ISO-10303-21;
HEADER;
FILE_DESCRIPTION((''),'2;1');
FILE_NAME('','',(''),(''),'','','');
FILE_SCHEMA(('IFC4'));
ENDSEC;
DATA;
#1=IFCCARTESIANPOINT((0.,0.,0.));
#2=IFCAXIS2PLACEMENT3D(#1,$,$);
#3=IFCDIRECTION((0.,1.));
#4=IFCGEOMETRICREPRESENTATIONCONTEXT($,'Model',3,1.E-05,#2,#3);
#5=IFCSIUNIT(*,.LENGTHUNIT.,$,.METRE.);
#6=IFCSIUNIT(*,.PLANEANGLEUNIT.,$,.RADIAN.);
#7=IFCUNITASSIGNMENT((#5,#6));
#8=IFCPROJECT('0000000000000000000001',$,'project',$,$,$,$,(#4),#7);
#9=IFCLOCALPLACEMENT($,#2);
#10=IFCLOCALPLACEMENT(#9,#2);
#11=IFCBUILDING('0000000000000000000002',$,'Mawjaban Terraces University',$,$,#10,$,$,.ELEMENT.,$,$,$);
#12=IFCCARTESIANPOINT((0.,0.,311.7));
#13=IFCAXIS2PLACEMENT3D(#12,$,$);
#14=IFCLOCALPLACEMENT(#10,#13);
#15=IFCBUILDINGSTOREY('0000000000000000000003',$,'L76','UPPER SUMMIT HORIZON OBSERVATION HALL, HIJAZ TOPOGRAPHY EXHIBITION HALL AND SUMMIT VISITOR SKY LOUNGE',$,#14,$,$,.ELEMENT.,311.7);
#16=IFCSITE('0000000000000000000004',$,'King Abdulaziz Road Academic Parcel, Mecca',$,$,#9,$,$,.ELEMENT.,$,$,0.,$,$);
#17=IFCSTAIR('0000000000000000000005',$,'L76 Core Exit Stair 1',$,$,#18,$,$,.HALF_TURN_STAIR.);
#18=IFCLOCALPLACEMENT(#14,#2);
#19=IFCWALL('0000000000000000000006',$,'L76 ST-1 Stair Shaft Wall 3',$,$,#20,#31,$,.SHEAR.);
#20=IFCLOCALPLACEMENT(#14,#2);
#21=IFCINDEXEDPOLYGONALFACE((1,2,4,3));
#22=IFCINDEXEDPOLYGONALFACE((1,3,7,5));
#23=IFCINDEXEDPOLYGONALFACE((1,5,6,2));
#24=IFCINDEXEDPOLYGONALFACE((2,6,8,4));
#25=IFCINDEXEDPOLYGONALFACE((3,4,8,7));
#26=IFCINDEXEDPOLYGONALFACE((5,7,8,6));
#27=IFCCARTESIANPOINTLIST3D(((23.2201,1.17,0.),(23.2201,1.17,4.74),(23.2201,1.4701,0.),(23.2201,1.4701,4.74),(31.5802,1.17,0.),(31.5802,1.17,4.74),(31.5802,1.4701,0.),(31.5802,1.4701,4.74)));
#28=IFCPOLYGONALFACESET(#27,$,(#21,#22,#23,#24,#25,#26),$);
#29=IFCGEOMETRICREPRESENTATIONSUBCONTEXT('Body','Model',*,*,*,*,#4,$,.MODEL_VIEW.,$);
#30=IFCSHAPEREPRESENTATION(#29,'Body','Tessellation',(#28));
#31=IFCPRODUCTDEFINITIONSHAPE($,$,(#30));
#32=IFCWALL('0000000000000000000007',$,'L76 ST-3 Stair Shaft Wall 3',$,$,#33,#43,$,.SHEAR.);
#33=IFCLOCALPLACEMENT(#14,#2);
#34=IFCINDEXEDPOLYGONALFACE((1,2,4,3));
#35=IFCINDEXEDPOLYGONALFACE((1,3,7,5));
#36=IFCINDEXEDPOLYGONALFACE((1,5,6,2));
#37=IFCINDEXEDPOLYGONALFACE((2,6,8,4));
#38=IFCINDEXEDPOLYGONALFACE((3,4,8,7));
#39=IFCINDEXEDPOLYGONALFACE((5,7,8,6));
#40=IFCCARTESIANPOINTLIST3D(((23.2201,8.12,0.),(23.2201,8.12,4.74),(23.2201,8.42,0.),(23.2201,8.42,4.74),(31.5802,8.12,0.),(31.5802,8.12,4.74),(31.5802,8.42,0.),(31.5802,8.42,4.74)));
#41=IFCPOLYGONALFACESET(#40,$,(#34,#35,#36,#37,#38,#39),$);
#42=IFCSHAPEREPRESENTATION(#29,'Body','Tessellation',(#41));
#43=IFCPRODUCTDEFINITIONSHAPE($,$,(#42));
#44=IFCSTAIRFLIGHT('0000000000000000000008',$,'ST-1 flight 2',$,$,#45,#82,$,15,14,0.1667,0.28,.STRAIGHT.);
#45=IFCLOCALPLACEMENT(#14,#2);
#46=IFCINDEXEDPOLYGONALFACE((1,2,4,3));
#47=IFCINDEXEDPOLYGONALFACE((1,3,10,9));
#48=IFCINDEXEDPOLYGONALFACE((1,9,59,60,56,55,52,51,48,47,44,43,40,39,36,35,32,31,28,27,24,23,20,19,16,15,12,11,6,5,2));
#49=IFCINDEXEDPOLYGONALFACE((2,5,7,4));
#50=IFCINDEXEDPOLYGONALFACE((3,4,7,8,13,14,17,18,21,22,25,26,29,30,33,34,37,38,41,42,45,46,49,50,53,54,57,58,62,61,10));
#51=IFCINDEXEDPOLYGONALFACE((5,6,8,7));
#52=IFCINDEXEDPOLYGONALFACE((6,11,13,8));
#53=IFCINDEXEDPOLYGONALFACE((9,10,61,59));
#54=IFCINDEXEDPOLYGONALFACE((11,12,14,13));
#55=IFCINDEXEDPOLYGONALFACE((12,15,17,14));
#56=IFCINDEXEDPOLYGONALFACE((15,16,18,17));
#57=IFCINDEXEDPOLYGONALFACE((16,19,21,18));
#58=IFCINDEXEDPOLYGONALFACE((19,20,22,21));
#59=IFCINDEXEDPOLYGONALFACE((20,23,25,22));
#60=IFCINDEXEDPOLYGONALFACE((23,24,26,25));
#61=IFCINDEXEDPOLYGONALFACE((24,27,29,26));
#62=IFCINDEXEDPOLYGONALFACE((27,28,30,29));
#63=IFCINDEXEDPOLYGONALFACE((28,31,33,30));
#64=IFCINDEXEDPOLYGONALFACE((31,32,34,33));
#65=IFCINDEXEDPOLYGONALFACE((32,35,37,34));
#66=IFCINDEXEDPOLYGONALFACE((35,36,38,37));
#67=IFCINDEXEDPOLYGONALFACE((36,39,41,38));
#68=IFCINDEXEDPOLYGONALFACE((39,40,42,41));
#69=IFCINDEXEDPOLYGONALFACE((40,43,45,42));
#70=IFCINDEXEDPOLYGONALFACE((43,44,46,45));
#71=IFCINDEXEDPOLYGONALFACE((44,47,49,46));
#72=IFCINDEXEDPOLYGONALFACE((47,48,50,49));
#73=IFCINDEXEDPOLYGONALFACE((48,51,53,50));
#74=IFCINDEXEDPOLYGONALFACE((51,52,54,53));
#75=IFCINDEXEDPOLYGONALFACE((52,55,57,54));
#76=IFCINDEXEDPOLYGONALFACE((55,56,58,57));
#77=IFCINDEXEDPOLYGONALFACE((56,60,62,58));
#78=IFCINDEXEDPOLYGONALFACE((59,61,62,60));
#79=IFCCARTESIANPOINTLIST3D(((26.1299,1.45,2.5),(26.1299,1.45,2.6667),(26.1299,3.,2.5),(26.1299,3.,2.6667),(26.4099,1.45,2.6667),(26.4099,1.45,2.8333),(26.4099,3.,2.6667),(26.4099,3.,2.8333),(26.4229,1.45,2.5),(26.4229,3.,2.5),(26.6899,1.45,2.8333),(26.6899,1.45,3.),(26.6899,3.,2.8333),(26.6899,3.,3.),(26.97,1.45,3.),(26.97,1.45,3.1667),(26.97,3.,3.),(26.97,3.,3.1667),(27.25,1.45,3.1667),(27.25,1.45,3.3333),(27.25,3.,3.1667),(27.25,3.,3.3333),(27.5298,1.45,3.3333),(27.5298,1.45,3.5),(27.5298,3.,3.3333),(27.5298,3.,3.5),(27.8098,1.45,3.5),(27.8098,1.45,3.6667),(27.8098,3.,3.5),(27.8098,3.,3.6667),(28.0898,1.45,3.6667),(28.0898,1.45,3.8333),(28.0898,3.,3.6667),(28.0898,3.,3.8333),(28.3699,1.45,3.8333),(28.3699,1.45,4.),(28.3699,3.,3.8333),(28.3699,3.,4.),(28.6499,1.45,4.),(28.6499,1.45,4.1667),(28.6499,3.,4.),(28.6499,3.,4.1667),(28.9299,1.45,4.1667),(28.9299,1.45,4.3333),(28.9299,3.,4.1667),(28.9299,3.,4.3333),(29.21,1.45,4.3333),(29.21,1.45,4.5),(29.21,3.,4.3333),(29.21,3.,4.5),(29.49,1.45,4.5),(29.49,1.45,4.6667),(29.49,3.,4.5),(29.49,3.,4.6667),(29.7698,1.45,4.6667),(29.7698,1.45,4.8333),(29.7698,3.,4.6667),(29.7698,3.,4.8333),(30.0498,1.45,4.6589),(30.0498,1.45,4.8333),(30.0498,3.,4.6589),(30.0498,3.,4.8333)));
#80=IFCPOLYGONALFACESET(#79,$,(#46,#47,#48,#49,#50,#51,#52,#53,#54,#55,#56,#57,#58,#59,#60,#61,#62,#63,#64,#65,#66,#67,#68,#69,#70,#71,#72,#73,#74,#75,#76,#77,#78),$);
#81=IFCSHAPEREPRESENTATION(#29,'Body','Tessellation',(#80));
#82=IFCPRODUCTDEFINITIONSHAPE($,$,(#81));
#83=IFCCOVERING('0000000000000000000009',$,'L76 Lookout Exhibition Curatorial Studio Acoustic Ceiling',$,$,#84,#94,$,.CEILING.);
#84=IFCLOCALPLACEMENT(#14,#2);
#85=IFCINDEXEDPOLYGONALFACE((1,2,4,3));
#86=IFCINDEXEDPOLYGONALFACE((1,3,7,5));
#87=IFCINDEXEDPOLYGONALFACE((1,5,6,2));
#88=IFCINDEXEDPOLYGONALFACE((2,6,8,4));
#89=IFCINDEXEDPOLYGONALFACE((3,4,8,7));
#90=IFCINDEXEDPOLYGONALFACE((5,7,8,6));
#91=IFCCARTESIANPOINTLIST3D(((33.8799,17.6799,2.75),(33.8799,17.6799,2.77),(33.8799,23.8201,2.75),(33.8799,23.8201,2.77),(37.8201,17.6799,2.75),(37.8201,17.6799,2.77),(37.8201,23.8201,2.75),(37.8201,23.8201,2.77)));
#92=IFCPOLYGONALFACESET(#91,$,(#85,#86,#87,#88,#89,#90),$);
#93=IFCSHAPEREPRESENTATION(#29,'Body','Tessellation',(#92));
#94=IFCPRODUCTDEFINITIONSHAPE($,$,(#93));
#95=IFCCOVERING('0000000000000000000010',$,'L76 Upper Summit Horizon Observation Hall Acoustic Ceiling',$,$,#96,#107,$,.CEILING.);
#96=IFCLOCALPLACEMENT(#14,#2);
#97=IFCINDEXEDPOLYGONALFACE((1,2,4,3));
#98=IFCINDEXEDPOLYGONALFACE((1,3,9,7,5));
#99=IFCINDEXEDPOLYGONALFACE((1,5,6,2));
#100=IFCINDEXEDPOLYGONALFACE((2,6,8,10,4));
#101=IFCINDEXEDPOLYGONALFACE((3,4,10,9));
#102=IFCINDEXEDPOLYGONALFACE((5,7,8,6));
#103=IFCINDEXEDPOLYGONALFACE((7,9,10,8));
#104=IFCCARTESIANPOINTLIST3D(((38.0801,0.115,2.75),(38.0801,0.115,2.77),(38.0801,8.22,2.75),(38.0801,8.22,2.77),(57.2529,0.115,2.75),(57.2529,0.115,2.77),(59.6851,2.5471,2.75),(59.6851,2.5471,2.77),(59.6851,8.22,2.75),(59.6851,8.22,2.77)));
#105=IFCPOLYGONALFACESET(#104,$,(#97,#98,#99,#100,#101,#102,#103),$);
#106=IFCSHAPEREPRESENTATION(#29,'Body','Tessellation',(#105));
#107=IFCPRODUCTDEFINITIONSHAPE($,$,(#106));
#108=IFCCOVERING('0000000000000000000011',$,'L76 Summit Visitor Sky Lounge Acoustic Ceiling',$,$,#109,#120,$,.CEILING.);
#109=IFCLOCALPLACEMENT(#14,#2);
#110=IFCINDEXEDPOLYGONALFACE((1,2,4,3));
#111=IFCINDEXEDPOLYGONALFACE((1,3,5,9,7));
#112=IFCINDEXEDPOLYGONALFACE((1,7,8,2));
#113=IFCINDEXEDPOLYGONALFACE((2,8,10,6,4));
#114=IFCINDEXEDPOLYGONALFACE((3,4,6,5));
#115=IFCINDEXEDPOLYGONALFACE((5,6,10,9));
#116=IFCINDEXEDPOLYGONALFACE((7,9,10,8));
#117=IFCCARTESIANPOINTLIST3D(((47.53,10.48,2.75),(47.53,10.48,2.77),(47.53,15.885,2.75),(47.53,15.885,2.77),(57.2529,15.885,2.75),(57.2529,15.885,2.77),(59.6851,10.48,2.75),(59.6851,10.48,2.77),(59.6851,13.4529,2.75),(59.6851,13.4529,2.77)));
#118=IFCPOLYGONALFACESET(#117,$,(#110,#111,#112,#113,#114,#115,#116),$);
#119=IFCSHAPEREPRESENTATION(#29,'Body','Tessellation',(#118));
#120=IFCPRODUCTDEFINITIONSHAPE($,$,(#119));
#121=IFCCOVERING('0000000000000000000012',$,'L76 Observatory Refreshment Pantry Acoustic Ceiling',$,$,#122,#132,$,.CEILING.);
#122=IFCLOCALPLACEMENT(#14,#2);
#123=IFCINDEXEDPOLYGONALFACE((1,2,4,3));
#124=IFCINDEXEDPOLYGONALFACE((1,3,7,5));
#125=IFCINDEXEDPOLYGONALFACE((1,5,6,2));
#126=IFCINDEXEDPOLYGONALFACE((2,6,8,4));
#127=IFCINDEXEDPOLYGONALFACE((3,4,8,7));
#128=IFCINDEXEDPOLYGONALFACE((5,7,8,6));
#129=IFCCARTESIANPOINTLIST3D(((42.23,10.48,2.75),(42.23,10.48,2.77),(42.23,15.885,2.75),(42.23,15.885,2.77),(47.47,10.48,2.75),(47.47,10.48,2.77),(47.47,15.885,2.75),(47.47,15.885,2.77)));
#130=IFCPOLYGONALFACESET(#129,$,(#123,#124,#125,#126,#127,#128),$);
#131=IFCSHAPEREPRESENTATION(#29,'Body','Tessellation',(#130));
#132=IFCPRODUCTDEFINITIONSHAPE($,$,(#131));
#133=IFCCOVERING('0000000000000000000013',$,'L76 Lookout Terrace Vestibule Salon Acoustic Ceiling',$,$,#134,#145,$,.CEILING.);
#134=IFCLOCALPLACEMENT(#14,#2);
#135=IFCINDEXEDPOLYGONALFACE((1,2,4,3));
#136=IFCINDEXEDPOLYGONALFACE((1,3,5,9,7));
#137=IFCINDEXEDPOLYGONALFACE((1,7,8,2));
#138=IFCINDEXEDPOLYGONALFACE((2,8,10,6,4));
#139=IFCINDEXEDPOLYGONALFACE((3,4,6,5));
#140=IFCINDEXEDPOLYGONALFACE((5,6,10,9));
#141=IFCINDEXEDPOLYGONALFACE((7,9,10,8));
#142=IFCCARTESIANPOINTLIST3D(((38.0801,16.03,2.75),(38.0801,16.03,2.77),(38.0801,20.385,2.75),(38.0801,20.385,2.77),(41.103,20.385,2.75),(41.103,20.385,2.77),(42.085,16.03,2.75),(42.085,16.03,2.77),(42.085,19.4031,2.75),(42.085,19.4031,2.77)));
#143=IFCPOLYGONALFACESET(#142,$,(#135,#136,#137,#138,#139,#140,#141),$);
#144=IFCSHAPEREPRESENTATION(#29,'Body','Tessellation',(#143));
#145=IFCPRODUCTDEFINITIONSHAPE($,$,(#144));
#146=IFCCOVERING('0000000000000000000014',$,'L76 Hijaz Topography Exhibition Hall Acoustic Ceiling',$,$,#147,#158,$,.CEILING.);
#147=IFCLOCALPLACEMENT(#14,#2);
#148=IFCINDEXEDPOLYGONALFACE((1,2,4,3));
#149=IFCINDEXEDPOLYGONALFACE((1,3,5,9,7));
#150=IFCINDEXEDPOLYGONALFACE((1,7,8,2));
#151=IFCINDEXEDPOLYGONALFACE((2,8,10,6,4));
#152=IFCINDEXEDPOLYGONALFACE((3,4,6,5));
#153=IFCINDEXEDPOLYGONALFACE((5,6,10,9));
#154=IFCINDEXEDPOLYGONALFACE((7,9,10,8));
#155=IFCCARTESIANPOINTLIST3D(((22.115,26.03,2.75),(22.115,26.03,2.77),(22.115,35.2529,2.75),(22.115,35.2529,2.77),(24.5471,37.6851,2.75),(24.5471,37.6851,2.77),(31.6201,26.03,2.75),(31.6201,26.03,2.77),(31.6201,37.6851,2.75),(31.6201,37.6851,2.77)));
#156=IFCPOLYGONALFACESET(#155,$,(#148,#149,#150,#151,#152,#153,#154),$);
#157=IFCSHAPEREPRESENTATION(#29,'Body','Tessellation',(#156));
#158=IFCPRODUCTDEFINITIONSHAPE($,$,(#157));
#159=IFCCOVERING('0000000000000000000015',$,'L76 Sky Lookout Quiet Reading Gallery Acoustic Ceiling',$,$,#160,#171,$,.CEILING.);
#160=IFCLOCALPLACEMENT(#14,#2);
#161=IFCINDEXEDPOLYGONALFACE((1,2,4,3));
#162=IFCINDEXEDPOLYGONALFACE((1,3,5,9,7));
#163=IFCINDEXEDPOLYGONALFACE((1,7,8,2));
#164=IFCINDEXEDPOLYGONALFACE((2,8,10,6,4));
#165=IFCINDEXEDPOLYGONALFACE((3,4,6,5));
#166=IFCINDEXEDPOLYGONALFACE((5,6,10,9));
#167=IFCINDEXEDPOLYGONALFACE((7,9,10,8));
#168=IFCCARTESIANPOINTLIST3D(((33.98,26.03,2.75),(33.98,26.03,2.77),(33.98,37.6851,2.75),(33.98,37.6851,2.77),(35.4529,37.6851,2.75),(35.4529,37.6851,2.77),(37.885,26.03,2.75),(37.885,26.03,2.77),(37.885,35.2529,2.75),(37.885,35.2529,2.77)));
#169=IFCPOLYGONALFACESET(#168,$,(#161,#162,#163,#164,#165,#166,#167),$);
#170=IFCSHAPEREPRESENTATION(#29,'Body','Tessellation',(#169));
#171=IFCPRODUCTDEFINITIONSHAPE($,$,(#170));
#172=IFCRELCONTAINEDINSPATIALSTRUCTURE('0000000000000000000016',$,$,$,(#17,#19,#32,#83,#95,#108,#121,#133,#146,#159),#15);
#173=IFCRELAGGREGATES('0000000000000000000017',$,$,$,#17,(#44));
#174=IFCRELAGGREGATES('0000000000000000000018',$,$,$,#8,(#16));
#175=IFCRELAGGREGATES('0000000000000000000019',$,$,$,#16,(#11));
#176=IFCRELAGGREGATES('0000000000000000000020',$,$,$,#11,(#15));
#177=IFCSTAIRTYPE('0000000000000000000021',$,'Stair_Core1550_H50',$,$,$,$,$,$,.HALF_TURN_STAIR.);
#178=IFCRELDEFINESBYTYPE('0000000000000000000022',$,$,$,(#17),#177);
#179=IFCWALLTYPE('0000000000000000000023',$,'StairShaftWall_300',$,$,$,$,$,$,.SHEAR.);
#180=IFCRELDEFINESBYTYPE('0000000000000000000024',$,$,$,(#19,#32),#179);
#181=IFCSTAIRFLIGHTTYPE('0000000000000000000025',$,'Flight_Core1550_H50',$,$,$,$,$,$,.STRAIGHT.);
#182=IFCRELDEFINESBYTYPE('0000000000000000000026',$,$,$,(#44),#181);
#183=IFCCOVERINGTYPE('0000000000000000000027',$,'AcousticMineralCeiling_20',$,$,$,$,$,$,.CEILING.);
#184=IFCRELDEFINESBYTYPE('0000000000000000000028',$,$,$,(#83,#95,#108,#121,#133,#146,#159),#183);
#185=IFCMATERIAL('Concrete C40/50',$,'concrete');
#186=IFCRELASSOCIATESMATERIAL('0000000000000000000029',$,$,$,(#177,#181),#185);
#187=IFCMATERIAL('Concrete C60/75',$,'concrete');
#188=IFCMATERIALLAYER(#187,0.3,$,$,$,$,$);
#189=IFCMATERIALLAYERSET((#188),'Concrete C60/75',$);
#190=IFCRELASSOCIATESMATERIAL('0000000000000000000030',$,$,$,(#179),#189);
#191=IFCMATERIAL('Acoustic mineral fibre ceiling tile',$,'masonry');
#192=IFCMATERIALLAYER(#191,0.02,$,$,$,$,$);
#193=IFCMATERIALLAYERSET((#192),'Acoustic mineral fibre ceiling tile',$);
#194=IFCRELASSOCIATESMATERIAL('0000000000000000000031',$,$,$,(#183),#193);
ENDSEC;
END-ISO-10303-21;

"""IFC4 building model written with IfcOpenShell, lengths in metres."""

from ifc_helpers import new_model, si_unit, direction, frame, frame_2d, origin, place, context, subcontext, project, spatial, polyline, rectangle, outline, extrude, material, layer, layer_set, type_object, element, aggregate, save


model = new_model("IFC4")

# Units and contexts
model_context = context("Model", 3, precision=1e-05, world=origin(), true_north=direction((0.0, 1.0)))
body_context = subcontext(model_context, "Body", "Model", "MODEL_VIEW")
ifc_project = project(units=[si_unit("LENGTHUNIT", "METRE"), si_unit("PLANEANGLEUNIT", "RADIAN")], contexts=[model_context])

# Site, building, storey
site_placement = place(None, origin())
site = spatial("IfcSite", under=ifc_project, at=site_placement, Name="King Abdulaziz Road Academic Parcel, Mecca", CompositionType="ELEMENT", RefElevation=0.0)
building_placement = place(site_placement, origin())
building = spatial("IfcBuilding", under=site, at=building_placement, Name="Mawjaban Terraces University", CompositionType="ELEMENT")
storey_placement = place(building_placement, frame((0.0, 0.0, 311.7)))
storey = spatial("IfcBuildingStorey", under=building, at=storey_placement, Name="L76", Description="UPPER SUMMIT HORIZON OBSERVATION HALL, HIJAZ TOPOGRAPHY EXHIBITION HALL AND SUMMIT VISITOR SKY LOUNGE", CompositionType="ELEMENT", Elevation=311.7)

# Shared definitions
ifc_material_1 = material(Name="Concrete C40/50", Category="concrete")

# Stair
stair_type = type_object("IfcStairType", Name="Stair_Core1550_H50", PredefinedType="HALF_TURN_STAIR", material=ifc_material_1)
stair_1_placement = place(storey_placement, origin())
stair_1 = element("IfcStair", 1, at=stair_1_placement, inside=storey, type_object=stair_type, Name="L76 Core Exit Stair 1", PredefinedType="HALF_TURN_STAIR")

# Walls
ifc_material_2 = material(Name="Concrete C60/75", Category="concrete")
ifc_layer_1 = layer(ifc_material_2, 0.3)
ifc_layer_set_1 = layer_set([ifc_layer_1], Name="Concrete C60/75")
wall_type_1 = type_object("IfcWallType", Name="StairShaftWall_300", PredefinedType="SHEAR", material=ifc_layer_set_1)
for number, where, z_axis, x_axis, name in (
    (2, (23.22, 1.3201, 0.0), (0.0, 0.0, 1.0), (1.0, 0.0, 0.0), "L76 ST-1 Stair Shaft Wall 3"),
    (3, (23.22, 8.27, 0.0), (0.0, 0.0, 1.0), (1.0, 0.0, 0.0), "L76 ST-3 Stair Shaft Wall 3"),
):
    element("IfcWall", number, at=place(storey_placement, frame(where, z_axis=z_axis, x_axis=x_axis)), inside=storey, type_object=wall_type_1, Name=name, PredefinedType="SHEAR", context=body_context, shape_type="SweptSolid", body=[
        extrude(rectangle(XDim=8.3601, YDim=0.3, at=frame_2d((4.1802, 0.0))), origin(), (0.0, 0.0, 1.0), 4.74),
    ])

# Stair flight
stair_flight_type = type_object("IfcStairFlightType", Name="Flight_Core1550_H50", PredefinedType="STRAIGHT", material=ifc_material_1)
stair_flight_placement = place(storey_placement, frame((26.1299, 2.2251, 2.5), z_axis=(0.0, 0.0, 1.0), x_axis=(1.0, 0.0, 0.0)))
stair_flight = element("IfcStairFlight", 4, at=stair_flight_placement, type_object=stair_flight_type, Name="ST-1 flight 2", NumberOfRisers=15, NumberOfTreads=14, PredefinedType="STRAIGHT", RiserHeight=0.1667, TreadLength=0.28, context=body_context, shape_type="SweptSolid", body=[
    extrude(outline(polyline([(0.0, 0.0), (0.0, 0.1667), (0.28, 0.1667), (0.28, 0.3333), (0.5601, 0.3333), (0.5601, 0.5), (0.8401, 0.5), (0.8401, 0.6667), (1.1201, 0.6667), (1.1201, 0.8333), (1.3999, 0.8333), (1.3999, 1.0), (1.6799, 1.0), (1.6799, 1.1667), (1.96, 1.1667), (1.96, 1.3333), (2.24, 1.3333), (2.24, 1.5), (2.52, 1.5), (2.52, 1.6667), (2.8, 1.6667), (2.8, 1.8333), (3.0801, 1.8333), (3.0801, 2.0), (3.3601, 2.0), (3.3601, 2.1667), (3.6399, 2.1667), (3.6399, 2.3333), (3.9199, 2.3333), (3.9199, 2.5), (3.9199, 2.1589), (0.293, 0.0), (0.0, 0.0)])), frame((0.0, 0.7749, 0.0), z_axis=(0.0, -1.0, 0.0), x_axis=(1.0, 0.0, 0.0)), (0.0, 0.0, 1.0), 1.55),
])
aggregate(stair_1, [stair_flight])

# Coverings
ifc_material_3 = material(Name="Acoustic mineral fibre ceiling tile", Category="masonry")
ifc_layer_2 = layer(ifc_material_3, 0.02)
ifc_layer_set_2 = layer_set([ifc_layer_2], Name="Acoustic mineral fibre ceiling tile")
covering_type_1 = type_object("IfcCoveringType", Name="AcousticMineralCeiling_20", PredefinedType="CEILING", material=ifc_layer_set_2)
covering_1_placement = place(storey_placement, frame((0.0, 0.0, 2.75)))
element("IfcCovering", 5, at=covering_1_placement, inside=storey, type_object=covering_type_1, Name="L76 Lookout Exhibition Curatorial Studio Acoustic Ceiling", PredefinedType="CEILING", context=body_context, shape_type="SweptSolid", body=[
    extrude(outline(polyline([(37.8201, 17.6799), (37.8201, 23.8201), (33.8799, 23.8201), (33.8799, 17.6799), (37.8201, 17.6799)])), origin(), (0.0, 0.0, 1.0), 0.02),
])
covering_2_placement = place(storey_placement, frame((0.0, 0.0, 2.75)))
element("IfcCovering", 6, at=covering_2_placement, inside=storey, type_object=covering_type_1, Name="L76 Upper Summit Horizon Observation Hall Acoustic Ceiling", PredefinedType="CEILING", context=body_context, shape_type="SweptSolid", body=[
    extrude(outline(polyline([(57.2529, 0.115), (59.6851, 2.5471), (59.6851, 8.22), (38.0801, 8.22), (38.0801, 0.115), (57.2529, 0.115)])), origin(), (0.0, 0.0, 1.0), 0.02),
])
covering_3_placement = place(storey_placement, frame((0.0, 0.0, 2.75)))
element("IfcCovering", 7, at=covering_3_placement, inside=storey, type_object=covering_type_1, Name="L76 Summit Visitor Sky Lounge Acoustic Ceiling", PredefinedType="CEILING", context=body_context, shape_type="SweptSolid", body=[
    extrude(outline(polyline([(59.6851, 10.48), (59.6851, 13.4529), (57.2529, 15.885), (47.53, 15.885), (47.53, 10.48), (59.6851, 10.48)])), origin(), (0.0, 0.0, 1.0), 0.02),
])
covering_4_placement = place(storey_placement, frame((0.0, 0.0, 2.75)))
element("IfcCovering", 8, at=covering_4_placement, inside=storey, type_object=covering_type_1, Name="L76 Observatory Refreshment Pantry Acoustic Ceiling", PredefinedType="CEILING", context=body_context, shape_type="SweptSolid", body=[
    extrude(outline(polyline([(47.47, 15.885), (42.23, 15.885), (42.23, 10.48), (47.47, 10.48), (47.47, 15.885)])), origin(), (0.0, 0.0, 1.0), 0.02),
])
covering_5_placement = place(storey_placement, frame((0.0, 0.0, 2.75)))
element("IfcCovering", 9, at=covering_5_placement, inside=storey, type_object=covering_type_1, Name="L76 Lookout Terrace Vestibule Salon Acoustic Ceiling", PredefinedType="CEILING", context=body_context, shape_type="SweptSolid", body=[
    extrude(outline(polyline([(42.085, 16.03), (42.085, 19.4031), (41.103, 20.385), (38.0801, 20.385), (38.0801, 16.03), (42.085, 16.03)])), origin(), (0.0, 0.0, 1.0), 0.02),
])
covering_6_placement = place(storey_placement, frame((0.0, 0.0, 2.75)))
element("IfcCovering", 10, at=covering_6_placement, inside=storey, type_object=covering_type_1, Name="L76 Hijaz Topography Exhibition Hall Acoustic Ceiling", PredefinedType="CEILING", context=body_context, shape_type="SweptSolid", body=[
    extrude(outline(polyline([(31.6201, 37.6851), (24.5471, 37.6851), (22.115, 35.2529), (22.115, 26.03), (31.6201, 26.03), (31.6201, 37.6851)])), origin(), (0.0, 0.0, 1.0), 0.02),
])
covering_7_placement = place(storey_placement, frame((0.0, 0.0, 2.75)))
element("IfcCovering", 11, at=covering_7_placement, inside=storey, type_object=covering_type_1, Name="L76 Sky Lookout Quiet Reading Gallery Acoustic Ceiling", PredefinedType="CEILING", context=body_context, shape_type="SweptSolid", body=[
    extrude(outline(polyline([(37.885, 26.03), (37.885, 35.2529), (35.4529, 37.6851), (33.98, 37.6851), (33.98, 26.03), (37.885, 26.03)])), origin(), (0.0, 0.0, 1.0), 0.02),
])

save(model, "model.ifc")
